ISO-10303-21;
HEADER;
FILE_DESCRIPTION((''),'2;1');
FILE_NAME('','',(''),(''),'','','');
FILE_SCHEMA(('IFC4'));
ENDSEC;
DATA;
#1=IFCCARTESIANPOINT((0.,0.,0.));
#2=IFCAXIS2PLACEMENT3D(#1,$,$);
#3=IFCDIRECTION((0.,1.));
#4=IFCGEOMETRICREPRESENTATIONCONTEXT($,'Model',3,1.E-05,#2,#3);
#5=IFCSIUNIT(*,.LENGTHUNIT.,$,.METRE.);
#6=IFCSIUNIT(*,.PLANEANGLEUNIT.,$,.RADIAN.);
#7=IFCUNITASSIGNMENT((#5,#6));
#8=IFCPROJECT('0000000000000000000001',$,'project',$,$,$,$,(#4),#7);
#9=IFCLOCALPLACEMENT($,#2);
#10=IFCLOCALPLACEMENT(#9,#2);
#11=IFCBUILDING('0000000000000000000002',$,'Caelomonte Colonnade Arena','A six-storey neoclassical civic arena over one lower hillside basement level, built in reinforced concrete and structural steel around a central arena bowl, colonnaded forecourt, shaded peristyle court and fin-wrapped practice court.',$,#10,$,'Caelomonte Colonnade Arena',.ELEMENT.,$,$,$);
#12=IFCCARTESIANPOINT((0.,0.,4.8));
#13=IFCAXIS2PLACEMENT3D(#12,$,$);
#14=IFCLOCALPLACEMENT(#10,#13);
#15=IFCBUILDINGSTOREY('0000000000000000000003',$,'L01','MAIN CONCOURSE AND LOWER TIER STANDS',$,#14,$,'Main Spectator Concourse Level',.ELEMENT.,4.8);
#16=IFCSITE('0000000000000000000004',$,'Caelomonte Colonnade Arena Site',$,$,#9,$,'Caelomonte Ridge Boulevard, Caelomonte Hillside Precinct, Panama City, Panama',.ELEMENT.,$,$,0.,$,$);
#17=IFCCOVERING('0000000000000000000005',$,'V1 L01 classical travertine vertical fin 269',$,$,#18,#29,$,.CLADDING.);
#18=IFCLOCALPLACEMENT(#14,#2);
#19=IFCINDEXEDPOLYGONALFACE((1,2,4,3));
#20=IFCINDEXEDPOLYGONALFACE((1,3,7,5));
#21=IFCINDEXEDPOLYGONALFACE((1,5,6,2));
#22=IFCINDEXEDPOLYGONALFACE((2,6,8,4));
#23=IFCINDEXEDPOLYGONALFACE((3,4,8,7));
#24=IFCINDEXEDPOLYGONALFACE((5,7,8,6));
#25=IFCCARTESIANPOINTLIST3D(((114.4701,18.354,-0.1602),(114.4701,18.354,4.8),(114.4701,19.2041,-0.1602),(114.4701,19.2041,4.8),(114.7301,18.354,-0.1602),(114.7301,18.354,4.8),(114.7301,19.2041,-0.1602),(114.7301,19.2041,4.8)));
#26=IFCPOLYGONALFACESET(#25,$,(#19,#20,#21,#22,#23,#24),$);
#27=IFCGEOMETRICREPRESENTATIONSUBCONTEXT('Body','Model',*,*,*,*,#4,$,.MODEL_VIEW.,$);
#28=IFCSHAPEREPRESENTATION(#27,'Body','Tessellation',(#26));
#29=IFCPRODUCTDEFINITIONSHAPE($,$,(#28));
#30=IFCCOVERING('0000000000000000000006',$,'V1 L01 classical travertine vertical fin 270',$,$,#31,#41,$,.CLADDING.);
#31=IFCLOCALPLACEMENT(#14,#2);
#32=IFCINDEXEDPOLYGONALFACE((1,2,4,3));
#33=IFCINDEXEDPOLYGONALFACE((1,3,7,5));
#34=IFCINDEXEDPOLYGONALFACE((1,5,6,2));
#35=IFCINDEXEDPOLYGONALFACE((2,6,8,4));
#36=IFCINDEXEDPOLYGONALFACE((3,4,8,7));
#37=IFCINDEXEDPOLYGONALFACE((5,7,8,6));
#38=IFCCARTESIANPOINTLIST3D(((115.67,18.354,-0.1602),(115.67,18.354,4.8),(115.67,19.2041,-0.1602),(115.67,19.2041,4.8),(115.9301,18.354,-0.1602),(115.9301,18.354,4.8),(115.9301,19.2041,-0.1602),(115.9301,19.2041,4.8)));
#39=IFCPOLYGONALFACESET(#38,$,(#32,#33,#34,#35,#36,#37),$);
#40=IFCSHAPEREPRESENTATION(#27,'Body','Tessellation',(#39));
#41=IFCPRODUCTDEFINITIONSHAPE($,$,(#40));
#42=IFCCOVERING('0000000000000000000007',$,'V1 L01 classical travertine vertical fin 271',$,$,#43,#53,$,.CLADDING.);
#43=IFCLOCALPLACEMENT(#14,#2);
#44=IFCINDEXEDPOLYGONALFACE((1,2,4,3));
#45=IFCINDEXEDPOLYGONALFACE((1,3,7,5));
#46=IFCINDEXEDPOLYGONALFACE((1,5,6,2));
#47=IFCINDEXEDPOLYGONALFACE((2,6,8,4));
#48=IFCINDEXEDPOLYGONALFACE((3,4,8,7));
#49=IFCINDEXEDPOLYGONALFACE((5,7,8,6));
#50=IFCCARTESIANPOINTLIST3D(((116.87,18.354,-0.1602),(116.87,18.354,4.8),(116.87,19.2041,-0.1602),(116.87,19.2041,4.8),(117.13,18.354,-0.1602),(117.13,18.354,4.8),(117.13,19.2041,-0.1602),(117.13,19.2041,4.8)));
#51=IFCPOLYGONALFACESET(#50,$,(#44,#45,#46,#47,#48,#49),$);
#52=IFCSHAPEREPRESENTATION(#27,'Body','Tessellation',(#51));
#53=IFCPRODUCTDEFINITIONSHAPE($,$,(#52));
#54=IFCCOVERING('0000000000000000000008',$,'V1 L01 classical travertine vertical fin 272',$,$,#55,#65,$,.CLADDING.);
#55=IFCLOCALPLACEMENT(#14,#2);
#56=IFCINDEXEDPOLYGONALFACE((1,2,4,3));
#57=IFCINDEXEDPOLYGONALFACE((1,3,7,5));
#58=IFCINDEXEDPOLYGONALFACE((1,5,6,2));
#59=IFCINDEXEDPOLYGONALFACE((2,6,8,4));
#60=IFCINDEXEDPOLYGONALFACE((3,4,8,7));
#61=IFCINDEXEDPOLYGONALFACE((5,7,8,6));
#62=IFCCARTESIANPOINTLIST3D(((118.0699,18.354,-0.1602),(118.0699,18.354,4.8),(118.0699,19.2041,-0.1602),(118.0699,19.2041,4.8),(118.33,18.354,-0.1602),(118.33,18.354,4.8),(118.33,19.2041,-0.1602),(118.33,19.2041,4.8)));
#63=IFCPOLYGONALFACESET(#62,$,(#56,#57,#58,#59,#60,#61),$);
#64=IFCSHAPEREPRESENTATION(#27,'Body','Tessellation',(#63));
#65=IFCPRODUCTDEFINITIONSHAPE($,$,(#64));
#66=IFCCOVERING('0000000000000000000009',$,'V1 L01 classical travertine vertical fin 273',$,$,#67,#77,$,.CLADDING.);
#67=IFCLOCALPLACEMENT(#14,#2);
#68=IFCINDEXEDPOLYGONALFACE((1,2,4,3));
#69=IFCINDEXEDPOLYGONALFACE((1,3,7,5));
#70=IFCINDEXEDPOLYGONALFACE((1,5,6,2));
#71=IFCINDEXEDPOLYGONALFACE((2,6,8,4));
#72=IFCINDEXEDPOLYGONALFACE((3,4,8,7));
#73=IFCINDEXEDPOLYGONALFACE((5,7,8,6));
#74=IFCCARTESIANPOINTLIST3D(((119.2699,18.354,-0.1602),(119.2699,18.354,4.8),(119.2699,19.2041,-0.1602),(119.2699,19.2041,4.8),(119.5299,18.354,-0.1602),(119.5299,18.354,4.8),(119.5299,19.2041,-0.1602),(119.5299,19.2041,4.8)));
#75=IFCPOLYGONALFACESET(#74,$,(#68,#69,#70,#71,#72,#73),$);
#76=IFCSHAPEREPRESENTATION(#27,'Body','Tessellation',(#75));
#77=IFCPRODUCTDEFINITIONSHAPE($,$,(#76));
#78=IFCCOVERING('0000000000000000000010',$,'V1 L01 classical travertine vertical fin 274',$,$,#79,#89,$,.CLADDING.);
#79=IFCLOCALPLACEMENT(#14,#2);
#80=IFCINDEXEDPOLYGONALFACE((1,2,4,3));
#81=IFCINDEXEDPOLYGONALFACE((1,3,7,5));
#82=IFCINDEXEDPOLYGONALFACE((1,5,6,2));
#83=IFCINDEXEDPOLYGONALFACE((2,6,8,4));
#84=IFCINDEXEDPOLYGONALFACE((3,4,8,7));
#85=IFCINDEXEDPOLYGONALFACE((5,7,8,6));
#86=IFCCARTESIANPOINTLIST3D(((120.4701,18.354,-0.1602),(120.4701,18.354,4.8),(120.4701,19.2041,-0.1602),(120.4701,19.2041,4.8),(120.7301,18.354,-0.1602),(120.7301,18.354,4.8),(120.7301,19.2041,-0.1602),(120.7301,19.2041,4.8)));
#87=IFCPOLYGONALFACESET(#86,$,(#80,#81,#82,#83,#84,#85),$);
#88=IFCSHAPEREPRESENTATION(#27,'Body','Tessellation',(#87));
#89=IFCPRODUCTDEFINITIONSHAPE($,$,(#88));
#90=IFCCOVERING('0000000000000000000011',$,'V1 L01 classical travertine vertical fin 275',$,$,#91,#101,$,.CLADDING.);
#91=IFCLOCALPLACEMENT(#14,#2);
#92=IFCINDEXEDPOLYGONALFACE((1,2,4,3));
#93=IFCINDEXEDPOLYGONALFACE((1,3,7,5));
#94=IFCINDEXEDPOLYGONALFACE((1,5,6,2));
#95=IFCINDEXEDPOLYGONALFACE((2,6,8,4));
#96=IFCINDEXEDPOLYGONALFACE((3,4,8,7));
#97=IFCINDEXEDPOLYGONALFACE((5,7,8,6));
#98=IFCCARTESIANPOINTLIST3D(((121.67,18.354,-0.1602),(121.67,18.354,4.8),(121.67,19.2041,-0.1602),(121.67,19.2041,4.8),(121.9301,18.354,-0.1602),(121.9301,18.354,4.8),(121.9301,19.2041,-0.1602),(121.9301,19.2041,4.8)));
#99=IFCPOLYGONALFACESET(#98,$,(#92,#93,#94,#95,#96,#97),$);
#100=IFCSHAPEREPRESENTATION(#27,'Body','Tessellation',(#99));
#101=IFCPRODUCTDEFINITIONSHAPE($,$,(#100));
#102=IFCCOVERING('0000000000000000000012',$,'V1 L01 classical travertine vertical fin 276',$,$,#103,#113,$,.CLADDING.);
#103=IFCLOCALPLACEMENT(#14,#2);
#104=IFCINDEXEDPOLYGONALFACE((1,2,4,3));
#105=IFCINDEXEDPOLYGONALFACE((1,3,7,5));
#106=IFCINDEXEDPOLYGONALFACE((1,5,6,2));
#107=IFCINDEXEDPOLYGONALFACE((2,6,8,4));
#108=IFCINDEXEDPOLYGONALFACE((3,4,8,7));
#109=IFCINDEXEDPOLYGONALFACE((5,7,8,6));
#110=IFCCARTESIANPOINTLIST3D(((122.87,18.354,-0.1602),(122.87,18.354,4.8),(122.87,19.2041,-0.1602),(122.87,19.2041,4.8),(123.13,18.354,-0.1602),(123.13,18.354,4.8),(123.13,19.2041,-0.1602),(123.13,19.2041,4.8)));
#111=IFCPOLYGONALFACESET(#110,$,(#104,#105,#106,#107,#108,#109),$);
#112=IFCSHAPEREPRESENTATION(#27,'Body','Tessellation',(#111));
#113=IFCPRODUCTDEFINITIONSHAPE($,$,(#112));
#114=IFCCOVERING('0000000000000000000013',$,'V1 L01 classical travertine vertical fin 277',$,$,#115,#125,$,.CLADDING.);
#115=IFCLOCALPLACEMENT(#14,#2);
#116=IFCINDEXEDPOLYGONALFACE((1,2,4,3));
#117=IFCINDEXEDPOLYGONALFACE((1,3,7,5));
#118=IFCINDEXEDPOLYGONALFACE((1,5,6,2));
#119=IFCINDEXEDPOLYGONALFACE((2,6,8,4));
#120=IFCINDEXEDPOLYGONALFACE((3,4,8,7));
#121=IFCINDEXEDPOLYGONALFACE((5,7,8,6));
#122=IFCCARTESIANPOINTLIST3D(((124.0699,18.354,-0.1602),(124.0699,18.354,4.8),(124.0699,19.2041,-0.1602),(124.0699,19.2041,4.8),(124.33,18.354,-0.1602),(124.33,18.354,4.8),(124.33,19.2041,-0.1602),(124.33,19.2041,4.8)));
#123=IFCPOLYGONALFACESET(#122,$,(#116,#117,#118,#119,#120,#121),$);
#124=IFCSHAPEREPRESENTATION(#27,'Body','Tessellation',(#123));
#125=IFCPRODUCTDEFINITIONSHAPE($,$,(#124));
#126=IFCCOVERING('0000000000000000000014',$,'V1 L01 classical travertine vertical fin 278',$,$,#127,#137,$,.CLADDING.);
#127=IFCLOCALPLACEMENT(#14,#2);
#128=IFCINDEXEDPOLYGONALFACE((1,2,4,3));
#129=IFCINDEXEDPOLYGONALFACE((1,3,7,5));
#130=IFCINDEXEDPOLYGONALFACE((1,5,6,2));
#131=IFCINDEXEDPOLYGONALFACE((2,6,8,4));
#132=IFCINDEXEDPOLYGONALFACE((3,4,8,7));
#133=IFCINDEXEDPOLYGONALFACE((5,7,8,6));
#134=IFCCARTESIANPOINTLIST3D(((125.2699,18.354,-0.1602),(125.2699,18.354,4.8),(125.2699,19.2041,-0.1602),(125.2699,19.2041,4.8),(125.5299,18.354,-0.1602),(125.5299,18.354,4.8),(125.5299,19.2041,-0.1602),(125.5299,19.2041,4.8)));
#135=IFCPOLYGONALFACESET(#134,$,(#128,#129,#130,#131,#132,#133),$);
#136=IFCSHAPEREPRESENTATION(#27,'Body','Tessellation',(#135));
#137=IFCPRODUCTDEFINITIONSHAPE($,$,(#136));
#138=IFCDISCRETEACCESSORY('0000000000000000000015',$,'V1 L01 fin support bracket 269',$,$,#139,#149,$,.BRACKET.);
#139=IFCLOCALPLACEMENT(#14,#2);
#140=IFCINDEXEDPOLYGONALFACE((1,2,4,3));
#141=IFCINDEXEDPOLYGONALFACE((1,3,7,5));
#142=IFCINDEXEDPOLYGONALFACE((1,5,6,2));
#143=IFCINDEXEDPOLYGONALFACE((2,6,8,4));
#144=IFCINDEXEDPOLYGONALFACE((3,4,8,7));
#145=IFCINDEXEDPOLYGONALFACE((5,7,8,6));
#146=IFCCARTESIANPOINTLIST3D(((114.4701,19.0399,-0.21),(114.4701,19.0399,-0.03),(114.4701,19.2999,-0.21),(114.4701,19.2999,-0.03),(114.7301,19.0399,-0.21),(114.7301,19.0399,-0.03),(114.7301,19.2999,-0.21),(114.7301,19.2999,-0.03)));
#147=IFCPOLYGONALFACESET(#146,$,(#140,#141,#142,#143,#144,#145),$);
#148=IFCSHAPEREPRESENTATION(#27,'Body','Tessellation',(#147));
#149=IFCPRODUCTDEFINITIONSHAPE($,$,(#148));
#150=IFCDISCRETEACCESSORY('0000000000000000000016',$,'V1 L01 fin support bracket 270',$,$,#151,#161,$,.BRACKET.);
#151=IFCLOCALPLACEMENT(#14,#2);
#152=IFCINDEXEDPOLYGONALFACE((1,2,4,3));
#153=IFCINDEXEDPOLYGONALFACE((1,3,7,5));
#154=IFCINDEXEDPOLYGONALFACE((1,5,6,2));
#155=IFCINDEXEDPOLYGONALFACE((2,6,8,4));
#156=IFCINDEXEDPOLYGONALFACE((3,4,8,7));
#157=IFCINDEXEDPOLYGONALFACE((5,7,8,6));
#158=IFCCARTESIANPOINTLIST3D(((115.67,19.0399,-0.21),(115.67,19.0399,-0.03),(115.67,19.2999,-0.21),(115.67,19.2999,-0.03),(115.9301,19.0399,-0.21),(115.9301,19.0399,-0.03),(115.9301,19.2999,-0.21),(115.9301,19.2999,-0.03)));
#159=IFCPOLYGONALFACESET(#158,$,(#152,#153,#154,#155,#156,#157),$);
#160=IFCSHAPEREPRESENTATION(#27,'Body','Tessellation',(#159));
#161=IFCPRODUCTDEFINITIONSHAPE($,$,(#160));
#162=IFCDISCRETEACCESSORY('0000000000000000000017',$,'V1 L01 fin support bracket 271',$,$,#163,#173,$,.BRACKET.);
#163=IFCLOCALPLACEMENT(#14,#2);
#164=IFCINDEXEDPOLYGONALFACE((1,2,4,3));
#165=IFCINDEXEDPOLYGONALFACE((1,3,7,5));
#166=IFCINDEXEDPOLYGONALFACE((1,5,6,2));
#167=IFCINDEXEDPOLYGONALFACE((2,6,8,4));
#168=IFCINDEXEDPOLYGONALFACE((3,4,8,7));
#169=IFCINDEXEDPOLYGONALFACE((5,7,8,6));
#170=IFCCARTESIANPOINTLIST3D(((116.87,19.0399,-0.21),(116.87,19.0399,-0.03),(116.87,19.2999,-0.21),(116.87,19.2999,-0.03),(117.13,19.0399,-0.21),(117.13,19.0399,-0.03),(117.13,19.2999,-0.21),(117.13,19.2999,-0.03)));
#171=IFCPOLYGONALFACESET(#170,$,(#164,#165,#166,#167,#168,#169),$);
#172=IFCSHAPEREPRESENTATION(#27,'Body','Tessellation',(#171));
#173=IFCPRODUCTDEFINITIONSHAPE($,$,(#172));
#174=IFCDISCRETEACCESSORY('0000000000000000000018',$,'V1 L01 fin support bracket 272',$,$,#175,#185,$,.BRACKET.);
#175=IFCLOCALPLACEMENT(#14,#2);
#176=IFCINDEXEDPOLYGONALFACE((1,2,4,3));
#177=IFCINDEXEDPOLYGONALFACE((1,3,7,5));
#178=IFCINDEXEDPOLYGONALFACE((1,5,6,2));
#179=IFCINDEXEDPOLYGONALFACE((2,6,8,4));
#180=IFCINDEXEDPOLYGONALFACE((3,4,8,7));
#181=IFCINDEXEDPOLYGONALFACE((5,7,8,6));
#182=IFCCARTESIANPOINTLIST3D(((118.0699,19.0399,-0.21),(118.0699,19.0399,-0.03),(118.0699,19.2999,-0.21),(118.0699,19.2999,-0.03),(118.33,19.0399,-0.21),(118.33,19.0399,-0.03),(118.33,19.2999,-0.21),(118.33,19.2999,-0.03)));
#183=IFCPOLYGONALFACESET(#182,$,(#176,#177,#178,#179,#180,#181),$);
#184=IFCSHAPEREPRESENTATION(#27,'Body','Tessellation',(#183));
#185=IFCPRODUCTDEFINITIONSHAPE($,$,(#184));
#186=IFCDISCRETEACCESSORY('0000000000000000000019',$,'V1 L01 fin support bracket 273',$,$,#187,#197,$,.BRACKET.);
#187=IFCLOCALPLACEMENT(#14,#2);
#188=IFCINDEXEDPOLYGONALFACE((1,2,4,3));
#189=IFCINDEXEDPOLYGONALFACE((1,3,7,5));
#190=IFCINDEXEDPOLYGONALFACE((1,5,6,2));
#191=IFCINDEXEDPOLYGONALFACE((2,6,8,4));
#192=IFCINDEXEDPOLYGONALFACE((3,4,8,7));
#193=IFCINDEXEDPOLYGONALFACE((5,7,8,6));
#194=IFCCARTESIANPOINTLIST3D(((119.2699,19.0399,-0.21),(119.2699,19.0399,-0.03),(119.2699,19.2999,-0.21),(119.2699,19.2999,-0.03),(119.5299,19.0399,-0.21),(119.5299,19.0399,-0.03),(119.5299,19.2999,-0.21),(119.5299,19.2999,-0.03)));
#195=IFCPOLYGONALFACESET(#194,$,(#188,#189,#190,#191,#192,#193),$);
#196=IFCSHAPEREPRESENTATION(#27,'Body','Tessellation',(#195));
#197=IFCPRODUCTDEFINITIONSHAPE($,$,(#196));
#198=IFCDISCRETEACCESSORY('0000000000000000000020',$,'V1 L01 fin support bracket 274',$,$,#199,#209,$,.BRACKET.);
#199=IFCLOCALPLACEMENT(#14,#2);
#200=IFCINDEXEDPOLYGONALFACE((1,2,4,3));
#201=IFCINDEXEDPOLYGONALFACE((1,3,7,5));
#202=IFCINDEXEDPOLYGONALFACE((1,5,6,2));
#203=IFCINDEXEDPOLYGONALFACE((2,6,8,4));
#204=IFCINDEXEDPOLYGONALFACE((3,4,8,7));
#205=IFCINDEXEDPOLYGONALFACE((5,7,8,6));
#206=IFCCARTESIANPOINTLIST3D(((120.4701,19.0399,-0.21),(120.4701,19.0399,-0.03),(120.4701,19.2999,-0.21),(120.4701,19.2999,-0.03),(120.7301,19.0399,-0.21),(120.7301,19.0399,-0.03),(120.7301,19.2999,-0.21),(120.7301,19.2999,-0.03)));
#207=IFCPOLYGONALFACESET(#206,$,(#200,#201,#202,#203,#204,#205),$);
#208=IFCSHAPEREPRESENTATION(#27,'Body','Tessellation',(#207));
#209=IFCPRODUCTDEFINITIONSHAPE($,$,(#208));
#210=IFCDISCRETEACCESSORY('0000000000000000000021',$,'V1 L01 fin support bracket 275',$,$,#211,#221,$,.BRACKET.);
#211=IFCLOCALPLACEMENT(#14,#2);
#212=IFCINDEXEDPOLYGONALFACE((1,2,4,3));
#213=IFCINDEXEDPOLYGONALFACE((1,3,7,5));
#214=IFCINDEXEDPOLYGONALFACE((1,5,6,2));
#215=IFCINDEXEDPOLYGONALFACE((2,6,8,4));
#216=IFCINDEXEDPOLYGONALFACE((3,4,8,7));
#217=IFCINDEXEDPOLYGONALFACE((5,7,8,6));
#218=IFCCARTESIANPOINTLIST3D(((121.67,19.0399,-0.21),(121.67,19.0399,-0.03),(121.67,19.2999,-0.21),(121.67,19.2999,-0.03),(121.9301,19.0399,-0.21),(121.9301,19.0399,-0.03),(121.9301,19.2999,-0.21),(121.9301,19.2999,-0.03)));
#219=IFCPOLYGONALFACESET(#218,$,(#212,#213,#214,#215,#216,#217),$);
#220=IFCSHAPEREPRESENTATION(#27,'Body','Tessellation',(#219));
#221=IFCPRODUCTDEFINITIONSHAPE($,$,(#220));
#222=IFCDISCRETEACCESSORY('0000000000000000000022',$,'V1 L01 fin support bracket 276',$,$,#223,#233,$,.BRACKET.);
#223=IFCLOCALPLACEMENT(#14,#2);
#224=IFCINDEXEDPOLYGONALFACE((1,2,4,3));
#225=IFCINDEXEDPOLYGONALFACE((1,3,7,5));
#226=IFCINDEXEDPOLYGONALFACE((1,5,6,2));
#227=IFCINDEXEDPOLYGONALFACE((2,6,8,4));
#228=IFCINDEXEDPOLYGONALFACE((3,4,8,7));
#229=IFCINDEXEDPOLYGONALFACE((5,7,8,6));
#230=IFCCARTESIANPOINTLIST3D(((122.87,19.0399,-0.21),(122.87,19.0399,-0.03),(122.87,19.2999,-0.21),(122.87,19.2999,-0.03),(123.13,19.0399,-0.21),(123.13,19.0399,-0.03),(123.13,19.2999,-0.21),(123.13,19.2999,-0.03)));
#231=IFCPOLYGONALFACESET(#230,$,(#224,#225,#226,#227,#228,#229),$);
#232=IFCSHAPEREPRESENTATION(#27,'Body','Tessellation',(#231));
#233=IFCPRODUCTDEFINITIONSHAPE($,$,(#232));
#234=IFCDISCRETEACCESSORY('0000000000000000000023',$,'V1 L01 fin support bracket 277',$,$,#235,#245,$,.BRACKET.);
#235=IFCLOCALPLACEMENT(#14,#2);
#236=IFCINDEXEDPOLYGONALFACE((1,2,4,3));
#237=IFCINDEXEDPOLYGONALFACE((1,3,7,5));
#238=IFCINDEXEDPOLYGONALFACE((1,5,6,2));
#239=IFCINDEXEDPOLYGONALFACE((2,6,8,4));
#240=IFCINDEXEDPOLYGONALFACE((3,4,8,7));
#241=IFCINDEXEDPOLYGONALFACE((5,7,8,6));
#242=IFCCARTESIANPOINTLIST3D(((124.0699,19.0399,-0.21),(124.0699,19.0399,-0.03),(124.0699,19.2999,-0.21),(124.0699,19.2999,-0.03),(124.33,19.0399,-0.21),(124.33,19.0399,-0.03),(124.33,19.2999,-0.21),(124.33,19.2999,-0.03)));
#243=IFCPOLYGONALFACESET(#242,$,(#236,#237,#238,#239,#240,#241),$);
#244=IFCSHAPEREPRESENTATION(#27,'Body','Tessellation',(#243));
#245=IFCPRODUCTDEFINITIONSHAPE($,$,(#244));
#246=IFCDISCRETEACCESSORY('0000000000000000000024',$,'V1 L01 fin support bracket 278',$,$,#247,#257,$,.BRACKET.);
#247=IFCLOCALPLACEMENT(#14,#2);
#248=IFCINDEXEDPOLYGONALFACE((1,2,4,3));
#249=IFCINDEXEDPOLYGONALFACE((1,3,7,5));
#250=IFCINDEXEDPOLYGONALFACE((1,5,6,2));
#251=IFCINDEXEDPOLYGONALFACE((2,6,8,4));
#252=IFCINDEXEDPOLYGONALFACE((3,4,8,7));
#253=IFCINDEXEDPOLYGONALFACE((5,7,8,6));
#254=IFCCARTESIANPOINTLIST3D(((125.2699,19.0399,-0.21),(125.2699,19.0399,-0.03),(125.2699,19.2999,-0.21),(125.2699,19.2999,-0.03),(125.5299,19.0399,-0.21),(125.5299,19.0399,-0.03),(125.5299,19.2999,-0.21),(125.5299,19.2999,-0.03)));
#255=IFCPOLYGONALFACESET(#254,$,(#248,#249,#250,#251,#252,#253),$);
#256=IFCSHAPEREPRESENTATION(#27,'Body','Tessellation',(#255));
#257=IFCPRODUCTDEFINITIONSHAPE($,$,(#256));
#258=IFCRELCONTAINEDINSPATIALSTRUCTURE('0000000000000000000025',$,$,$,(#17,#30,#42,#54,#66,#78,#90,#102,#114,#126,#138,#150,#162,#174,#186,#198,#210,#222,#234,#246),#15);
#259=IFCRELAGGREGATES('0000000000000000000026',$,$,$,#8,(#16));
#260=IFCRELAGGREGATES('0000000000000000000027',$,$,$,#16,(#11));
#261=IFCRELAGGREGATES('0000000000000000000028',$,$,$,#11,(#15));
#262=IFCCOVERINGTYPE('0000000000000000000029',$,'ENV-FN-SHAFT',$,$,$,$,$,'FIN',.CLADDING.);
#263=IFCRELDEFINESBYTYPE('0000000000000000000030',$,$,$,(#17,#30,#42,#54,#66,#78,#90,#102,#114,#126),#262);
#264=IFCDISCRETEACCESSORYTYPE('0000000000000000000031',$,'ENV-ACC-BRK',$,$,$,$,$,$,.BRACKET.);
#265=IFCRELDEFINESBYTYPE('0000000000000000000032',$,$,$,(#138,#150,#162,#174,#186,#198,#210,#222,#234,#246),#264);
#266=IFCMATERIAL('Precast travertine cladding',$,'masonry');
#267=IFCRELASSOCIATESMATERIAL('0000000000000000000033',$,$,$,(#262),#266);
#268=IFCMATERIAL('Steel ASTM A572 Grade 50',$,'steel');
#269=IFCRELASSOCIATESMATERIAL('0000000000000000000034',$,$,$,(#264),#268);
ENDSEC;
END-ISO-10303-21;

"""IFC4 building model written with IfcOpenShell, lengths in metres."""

from ifc_helpers import new_model, si_unit, direction, frame, origin, origin_2d, place, context, subcontext, project, spatial, rectangle, extrude, material, material_profile, profile_set, type_object, element, save


model = new_model("IFC4")

# Units and contexts
model_context = context("Model", 3, precision=1e-05, world=origin(), true_north=direction((0.0, 1.0)))
body_context = subcontext(model_context, "Body", "Model", "MODEL_VIEW")
ifc_project = project(units=[si_unit("LENGTHUNIT", "METRE"), si_unit("PLANEANGLEUNIT", "RADIAN")], contexts=[model_context])

# Site, building, storey
site_placement = place(None, origin())
site = spatial("IfcSite", under=ifc_project, at=site_placement, Name="Caelomonte Colonnade Arena Site", LongName="Caelomonte Ridge Boulevard, Caelomonte Hillside Precinct, Panama City, Panama", CompositionType="ELEMENT", RefElevation=0.0)
building_placement = place(site_placement, origin())
building = spatial("IfcBuilding", under=site, at=building_placement, Name="Caelomonte Colonnade Arena", Description="A six-storey neoclassical civic arena over one lower hillside basement level, built in reinforced concrete and structural steel around a central arena bowl, colonnaded forecourt, shaded peristyle court and fin-wrapped practice court.", LongName="Caelomonte Colonnade Arena", CompositionType="ELEMENT")
storey_placement = place(building_placement, frame((0.0, 0.0, 4.8)))
storey = spatial("IfcBuildingStorey", under=building, at=storey_placement, Name="L01", Description="MAIN CONCOURSE AND LOWER TIER STANDS", LongName="Main Spectator Concourse Level", CompositionType="ELEMENT", Elevation=4.8)

# Coverings
ifc_material_1 = material(Name="Precast travertine cladding", Category="masonry")
ifc_material_profile_1 = material_profile(ifc_material_1, rectangle(XDim=0.26, YDim=0.8501, at=origin_2d()), Name="FIN260X850")
ifc_profile_set_1 = profile_set([ifc_material_profile_1], Name="Precast travertine cladding")
covering_type = type_object("IfcCoveringType", Name="ENV-FN-SHAFT", ElementType="FIN", PredefinedType="CLADDING", material=ifc_profile_set_1)
for number, where, z_axis, x_axis, name in (
    (1, (114.6001, 18.7791, -0.1602), (0.0, 0.0, 1.0), (-1.0, 0.0, 0.0), "V1 L01 classical travertine vertical fin 269"),
    (2, (115.8, 18.7791, -0.1602), (0.0, 0.0, 1.0), (-1.0, 0.0, 0.0), "V1 L01 classical travertine vertical fin 270"),
    (3, (117.0, 18.7791, -0.1602), (0.0, 0.0, 1.0), (-1.0, 0.0, 0.0), "V1 L01 classical travertine vertical fin 271"),
    (4, (118.2, 18.7791, -0.1602), (0.0, 0.0, 1.0), (-1.0, 0.0, 0.0), "V1 L01 classical travertine vertical fin 272"),
    (5, (119.3999, 18.7791, -0.1602), (0.0, 0.0, 1.0), (-1.0, 0.0, 0.0), "V1 L01 classical travertine vertical fin 273"),
    (6, (120.6001, 18.7791, -0.1602), (0.0, 0.0, 1.0), (-1.0, 0.0, 0.0), "V1 L01 classical travertine vertical fin 274"),
    (7, (121.8, 18.7791, -0.1602), (0.0, 0.0, 1.0), (-1.0, 0.0, 0.0), "V1 L01 classical travertine vertical fin 275"),
    (8, (123.0, 18.7791, -0.1602), (0.0, 0.0, 1.0), (-1.0, 0.0, 0.0), "V1 L01 classical travertine vertical fin 276"),
    (9, (124.2, 18.7791, -0.1602), (0.0, 0.0, 1.0), (-1.0, 0.0, 0.0), "V1 L01 classical travertine vertical fin 277"),
    (10, (125.3999, 18.7791, -0.1602), (0.0, 0.0, 1.0), (-1.0, 0.0, 0.0), "V1 L01 classical travertine vertical fin 278"),
):
    element("IfcCovering", number, at=place(storey_placement, frame(where, z_axis=z_axis, x_axis=x_axis)), inside=storey, type_object=covering_type, Name=name, PredefinedType="CLADDING", context=body_context, shape_type="SweptSolid", body=[
        extrude(rectangle(XDim=0.26, YDim=0.8501, at=origin_2d()), origin(), (0.0, 0.0, 1.0), 4.9602),
    ])

# Discrete accessories
ifc_material_2 = material(Name="Steel ASTM A572 Grade 50", Category="steel")
discrete_accessory_type = type_object("IfcDiscreteAccessoryType", Name="ENV-ACC-BRK", PredefinedType="BRACKET", material=ifc_material_2)
for number, where, z_axis, x_axis, name in (
    (11, (114.6001, 19.1699, -0.21), (0.0, 0.0, 1.0), (1.0, 0.0, 0.0), "V1 L01 fin support bracket 269"),
    (12, (115.8, 19.1699, -0.21), (0.0, 0.0, 1.0), (1.0, 0.0, 0.0), "V1 L01 fin support bracket 270"),
    (13, (117.0, 19.1699, -0.21), (0.0, 0.0, 1.0), (1.0, 0.0, 0.0), "V1 L01 fin support bracket 271"),
    (14, (118.2, 19.1699, -0.21), (0.0, 0.0, 1.0), (1.0, 0.0, 0.0), "V1 L01 fin support bracket 272"),
    (15, (119.3999, 19.1699, -0.21), (0.0, 0.0, 1.0), (1.0, 0.0, 0.0), "V1 L01 fin support bracket 273"),
    (16, (120.6001, 19.1699, -0.21), (0.0, 0.0, 1.0), (1.0, 0.0, 0.0), "V1 L01 fin support bracket 274"),
    (17, (121.8, 19.1699, -0.21), (0.0, 0.0, 1.0), (1.0, 0.0, 0.0), "V1 L01 fin support bracket 275"),
    (18, (123.0, 19.1699, -0.21), (0.0, 0.0, 1.0), (1.0, 0.0, 0.0), "V1 L01 fin support bracket 276"),
    (19, (124.2, 19.1699, -0.21), (0.0, 0.0, 1.0), (1.0, 0.0, 0.0), "V1 L01 fin support bracket 277"),
    (20, (125.3999, 19.1699, -0.21), (0.0, 0.0, 1.0), (1.0, 0.0, 0.0), "V1 L01 fin support bracket 278"),
):
    element("IfcDiscreteAccessory", number, at=place(storey_placement, frame(where, z_axis=z_axis, x_axis=x_axis)), inside=storey, type_object=discrete_accessory_type, Name=name, PredefinedType="BRACKET", context=body_context, shape_type="SweptSolid", body=[
        extrude(rectangle(XDim=0.26, YDim=0.26, at=origin_2d()), origin(), (0.0, 0.0, 1.0), 0.1799),
    ])

save(model, "model.ifc")
